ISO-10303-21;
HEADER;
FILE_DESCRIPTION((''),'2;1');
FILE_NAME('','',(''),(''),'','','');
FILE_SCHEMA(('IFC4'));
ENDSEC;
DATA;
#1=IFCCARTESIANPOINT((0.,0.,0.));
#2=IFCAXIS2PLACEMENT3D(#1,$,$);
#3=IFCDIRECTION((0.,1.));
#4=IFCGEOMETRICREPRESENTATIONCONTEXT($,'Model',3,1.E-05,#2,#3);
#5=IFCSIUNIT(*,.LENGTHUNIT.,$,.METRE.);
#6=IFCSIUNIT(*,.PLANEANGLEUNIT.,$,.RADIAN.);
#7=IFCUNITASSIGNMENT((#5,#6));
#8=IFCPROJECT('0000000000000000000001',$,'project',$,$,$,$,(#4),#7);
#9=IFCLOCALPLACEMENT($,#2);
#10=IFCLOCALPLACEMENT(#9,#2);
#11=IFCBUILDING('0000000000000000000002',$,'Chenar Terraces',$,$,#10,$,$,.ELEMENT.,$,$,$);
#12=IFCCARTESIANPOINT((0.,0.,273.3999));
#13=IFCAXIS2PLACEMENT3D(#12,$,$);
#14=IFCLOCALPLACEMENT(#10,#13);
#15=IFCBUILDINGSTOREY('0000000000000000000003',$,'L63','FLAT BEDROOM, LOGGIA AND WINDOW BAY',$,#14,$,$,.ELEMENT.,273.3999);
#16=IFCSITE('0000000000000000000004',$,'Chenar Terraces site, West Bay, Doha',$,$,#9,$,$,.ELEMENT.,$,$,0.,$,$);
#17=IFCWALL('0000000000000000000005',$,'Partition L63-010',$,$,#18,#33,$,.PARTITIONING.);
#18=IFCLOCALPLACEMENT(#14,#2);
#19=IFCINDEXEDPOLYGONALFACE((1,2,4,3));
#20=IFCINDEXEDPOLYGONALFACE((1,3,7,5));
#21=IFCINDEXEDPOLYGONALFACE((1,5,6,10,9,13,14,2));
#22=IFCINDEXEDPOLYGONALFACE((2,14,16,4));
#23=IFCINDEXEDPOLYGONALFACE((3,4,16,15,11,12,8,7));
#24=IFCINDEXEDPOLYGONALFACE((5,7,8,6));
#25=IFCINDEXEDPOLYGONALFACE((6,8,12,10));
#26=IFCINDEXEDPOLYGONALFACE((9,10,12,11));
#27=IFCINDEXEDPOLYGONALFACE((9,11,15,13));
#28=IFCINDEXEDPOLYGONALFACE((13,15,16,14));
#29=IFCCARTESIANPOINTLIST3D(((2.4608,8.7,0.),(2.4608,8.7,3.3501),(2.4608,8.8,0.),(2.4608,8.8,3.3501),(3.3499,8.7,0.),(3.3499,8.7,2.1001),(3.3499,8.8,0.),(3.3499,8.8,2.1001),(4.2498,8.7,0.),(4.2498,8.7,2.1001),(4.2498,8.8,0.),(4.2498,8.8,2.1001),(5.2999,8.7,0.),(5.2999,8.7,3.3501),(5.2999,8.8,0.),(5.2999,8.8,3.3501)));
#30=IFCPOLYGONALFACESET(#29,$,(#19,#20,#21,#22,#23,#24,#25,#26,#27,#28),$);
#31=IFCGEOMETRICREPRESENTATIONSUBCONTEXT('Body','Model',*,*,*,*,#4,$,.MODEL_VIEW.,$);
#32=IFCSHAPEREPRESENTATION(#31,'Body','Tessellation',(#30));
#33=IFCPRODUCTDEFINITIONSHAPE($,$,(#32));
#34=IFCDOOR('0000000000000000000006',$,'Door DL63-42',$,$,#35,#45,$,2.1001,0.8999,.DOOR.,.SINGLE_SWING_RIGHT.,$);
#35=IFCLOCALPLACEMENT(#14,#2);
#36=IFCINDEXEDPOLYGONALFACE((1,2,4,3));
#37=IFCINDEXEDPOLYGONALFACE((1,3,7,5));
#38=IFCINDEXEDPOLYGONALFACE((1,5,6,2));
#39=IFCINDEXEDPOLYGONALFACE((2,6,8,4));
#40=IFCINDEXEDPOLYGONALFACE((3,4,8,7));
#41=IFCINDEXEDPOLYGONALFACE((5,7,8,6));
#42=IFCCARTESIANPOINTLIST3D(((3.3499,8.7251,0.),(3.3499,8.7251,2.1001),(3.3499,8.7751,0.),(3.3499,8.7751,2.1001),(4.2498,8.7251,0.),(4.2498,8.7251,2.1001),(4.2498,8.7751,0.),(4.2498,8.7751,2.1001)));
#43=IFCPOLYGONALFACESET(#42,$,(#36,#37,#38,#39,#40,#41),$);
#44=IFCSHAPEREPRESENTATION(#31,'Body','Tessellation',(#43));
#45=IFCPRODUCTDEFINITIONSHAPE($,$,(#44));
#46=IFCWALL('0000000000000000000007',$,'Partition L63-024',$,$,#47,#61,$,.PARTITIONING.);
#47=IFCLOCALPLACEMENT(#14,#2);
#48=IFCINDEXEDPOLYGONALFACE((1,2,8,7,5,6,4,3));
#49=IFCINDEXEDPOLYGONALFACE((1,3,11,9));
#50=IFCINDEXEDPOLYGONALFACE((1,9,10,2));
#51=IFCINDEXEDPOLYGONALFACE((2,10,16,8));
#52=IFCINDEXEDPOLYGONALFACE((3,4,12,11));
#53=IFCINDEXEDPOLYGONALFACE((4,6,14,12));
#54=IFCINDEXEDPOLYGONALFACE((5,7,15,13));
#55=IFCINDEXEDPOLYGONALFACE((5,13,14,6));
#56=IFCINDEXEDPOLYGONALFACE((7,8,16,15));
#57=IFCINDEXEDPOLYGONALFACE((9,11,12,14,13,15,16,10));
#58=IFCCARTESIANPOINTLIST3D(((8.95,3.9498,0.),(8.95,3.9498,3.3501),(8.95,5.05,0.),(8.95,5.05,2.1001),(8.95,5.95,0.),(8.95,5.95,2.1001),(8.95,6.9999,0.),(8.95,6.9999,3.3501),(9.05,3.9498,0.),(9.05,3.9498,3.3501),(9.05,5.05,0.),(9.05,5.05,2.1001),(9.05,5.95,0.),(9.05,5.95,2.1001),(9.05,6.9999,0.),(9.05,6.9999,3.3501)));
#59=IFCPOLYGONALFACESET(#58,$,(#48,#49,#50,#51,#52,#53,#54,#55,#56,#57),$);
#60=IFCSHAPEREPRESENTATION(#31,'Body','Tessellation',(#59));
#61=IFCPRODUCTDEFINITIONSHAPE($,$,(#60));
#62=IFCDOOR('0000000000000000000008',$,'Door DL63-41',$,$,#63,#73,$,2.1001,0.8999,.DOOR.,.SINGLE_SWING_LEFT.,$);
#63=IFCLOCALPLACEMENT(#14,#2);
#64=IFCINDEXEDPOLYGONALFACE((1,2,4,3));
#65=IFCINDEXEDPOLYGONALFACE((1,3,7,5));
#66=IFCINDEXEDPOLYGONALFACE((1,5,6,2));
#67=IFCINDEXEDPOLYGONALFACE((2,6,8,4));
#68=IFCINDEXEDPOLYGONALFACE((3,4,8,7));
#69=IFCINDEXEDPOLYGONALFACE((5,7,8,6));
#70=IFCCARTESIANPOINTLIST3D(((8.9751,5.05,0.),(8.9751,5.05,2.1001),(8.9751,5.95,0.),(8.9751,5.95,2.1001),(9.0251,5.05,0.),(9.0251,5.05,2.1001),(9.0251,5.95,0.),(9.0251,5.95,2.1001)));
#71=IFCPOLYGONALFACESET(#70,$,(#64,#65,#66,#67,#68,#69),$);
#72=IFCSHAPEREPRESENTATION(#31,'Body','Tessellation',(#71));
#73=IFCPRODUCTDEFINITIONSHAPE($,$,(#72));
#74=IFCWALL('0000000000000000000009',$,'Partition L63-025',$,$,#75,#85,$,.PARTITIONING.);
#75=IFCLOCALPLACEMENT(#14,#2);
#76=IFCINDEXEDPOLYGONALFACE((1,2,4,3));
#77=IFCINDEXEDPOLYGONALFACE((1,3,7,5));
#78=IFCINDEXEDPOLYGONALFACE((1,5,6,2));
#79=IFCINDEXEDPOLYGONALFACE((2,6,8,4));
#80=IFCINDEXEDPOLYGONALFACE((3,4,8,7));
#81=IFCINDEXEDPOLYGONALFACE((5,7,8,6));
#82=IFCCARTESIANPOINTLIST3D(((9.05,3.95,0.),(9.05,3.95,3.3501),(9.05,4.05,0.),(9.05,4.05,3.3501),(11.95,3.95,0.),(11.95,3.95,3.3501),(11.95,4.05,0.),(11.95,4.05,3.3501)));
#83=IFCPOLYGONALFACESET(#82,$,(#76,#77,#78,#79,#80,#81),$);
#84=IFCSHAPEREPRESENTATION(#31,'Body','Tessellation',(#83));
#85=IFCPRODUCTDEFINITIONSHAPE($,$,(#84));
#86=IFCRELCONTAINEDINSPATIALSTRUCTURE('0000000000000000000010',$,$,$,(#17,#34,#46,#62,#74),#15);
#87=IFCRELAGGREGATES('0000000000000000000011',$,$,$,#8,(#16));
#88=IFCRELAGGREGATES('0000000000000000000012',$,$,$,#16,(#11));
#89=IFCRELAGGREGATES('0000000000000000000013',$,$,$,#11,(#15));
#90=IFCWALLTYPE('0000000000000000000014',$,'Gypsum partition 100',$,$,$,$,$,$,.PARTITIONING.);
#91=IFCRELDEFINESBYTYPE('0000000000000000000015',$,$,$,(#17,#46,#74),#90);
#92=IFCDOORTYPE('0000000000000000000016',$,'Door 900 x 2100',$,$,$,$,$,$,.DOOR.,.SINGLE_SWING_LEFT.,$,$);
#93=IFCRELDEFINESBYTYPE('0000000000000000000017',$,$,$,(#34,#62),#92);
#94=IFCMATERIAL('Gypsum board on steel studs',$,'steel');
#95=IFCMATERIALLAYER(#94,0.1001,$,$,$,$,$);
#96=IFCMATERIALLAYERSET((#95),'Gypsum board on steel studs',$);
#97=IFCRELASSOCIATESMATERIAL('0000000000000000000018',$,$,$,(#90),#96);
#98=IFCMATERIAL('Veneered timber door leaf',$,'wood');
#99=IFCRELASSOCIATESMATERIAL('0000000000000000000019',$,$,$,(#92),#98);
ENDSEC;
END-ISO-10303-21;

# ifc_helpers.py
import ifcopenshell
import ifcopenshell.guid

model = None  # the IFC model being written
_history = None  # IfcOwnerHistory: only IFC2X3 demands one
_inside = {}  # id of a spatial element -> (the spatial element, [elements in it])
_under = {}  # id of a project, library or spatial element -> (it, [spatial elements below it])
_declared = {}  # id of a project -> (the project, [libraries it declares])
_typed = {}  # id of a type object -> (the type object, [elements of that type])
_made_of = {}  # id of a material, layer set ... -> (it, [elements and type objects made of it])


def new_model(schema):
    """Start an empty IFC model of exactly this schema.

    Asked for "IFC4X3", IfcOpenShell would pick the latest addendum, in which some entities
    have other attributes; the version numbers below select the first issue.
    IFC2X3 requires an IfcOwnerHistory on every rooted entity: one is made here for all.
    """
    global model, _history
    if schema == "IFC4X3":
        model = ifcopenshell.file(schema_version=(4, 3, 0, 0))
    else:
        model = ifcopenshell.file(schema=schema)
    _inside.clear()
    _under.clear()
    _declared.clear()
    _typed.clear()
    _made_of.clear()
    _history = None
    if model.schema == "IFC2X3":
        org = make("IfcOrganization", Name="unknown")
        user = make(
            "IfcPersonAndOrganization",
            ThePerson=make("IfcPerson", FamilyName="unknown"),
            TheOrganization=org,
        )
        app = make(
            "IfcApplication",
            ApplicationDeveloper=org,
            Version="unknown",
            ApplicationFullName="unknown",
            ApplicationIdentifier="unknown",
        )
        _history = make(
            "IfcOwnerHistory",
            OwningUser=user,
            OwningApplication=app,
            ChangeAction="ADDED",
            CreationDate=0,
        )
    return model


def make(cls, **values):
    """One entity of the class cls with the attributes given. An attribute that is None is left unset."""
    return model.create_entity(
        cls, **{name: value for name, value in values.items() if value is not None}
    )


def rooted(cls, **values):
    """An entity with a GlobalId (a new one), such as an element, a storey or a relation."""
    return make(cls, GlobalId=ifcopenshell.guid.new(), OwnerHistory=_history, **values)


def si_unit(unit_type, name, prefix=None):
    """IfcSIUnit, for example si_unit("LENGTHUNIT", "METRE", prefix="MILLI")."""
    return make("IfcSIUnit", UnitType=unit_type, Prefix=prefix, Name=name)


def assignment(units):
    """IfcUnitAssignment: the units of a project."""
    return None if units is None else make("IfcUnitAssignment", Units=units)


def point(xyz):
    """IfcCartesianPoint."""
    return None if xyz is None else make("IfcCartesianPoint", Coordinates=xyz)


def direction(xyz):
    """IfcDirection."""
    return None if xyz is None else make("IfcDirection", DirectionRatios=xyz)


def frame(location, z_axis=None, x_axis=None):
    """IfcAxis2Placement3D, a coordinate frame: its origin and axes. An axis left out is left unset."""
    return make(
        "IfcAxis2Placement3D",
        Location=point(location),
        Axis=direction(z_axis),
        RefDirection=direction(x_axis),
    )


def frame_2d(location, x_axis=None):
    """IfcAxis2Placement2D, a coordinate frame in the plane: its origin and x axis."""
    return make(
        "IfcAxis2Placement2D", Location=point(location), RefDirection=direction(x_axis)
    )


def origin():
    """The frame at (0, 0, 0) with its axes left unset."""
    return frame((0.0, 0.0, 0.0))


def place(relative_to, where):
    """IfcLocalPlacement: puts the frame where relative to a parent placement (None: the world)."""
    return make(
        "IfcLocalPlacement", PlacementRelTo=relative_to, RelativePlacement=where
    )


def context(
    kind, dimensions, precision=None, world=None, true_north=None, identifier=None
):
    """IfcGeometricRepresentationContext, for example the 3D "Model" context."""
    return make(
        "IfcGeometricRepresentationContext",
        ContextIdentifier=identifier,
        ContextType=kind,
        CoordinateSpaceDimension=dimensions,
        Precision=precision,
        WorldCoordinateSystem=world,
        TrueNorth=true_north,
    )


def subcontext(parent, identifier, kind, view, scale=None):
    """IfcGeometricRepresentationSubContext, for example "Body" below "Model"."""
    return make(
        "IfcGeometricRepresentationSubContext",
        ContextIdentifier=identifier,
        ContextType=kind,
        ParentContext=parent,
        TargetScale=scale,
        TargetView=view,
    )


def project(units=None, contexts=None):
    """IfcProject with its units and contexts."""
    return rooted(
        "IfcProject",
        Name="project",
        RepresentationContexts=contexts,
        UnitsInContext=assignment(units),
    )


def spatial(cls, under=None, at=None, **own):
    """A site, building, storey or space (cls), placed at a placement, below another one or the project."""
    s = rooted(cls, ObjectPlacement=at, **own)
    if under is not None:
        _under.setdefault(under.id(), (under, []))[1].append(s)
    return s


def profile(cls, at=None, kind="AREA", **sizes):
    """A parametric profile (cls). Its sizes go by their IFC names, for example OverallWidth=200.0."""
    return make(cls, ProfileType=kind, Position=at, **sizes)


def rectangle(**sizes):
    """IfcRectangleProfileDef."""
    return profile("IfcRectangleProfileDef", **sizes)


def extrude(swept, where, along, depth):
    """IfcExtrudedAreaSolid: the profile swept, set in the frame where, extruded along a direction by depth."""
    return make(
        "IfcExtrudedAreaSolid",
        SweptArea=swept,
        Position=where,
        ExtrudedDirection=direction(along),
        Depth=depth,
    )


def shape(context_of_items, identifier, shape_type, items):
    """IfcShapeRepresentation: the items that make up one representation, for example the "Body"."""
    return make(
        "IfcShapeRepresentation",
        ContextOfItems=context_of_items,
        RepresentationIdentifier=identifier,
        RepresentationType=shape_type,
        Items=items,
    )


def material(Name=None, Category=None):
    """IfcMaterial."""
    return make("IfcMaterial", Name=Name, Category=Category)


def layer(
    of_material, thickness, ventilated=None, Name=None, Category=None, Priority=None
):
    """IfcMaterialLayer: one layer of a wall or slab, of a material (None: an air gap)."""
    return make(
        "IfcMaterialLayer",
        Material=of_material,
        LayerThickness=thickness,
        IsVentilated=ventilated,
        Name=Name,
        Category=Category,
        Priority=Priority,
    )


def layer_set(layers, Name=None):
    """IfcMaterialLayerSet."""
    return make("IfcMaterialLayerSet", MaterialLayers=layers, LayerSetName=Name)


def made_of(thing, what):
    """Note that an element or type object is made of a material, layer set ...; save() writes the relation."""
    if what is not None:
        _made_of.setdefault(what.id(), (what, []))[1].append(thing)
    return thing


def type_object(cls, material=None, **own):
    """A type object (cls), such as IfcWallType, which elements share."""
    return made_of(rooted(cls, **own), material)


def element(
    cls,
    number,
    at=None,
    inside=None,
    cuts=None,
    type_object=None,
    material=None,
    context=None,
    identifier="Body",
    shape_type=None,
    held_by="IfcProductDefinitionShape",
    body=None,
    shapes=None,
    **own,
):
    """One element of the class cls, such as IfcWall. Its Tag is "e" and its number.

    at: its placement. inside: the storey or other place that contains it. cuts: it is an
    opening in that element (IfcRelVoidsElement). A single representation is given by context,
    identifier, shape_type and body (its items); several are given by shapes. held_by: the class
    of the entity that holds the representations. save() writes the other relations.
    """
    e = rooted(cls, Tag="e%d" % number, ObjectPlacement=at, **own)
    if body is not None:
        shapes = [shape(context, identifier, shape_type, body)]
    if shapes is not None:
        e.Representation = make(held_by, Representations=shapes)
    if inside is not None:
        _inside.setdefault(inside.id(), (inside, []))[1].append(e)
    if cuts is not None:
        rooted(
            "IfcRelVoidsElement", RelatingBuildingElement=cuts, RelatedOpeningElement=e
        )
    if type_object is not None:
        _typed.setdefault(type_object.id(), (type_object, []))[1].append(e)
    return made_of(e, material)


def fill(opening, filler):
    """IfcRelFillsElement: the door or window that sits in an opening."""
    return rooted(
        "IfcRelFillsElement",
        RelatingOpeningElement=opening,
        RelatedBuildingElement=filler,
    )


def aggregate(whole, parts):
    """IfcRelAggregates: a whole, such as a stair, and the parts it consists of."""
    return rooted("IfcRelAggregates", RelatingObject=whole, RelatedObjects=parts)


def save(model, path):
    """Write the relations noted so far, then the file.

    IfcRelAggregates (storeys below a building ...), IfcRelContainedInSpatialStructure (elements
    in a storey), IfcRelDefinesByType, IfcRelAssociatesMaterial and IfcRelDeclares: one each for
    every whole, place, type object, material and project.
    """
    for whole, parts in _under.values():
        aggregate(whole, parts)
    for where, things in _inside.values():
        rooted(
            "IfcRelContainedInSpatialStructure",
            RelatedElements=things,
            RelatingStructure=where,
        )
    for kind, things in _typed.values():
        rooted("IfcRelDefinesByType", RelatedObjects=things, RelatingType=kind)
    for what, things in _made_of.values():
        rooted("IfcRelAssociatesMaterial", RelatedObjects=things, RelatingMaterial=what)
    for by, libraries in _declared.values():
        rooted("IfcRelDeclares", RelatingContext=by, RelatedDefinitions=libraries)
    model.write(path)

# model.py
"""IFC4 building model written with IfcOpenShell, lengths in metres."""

from ifc_helpers import new_model, si_unit, direction, frame, frame_2d, origin, place, context, subcontext, project, spatial, rectangle, extrude, material, layer, layer_set, type_object, element, fill, save


model = new_model("IFC4")

# Units and contexts
model_context = context("Model", 3, precision=1e-05, world=origin(), true_north=direction((0.0, 1.0)))
body_context = subcontext(model_context, "Body", "Model", "MODEL_VIEW")
ifc_project = project(units=[si_unit("LENGTHUNIT", "METRE"), si_unit("PLANEANGLEUNIT", "RADIAN")], contexts=[model_context])

# Site, building, storey
site_placement = place(None, origin())
site = spatial("IfcSite", under=ifc_project, at=site_placement, Name="Chenar Terraces site, West Bay, Doha", CompositionType="ELEMENT", RefElevation=0.0)
building_placement = place(site_placement, origin())
building = spatial("IfcBuilding", under=site, at=building_placement, Name="Chenar Terraces", CompositionType="ELEMENT")
storey_placement = place(building_placement, frame((0.0, 0.0, 273.3999)))
storey = spatial("IfcBuildingStorey", under=building, at=storey_placement, Name="L63", Description="FLAT BEDROOM, LOGGIA AND WINDOW BAY", CompositionType="ELEMENT", Elevation=273.3999)

# Walls, openings, doors
ifc_material_1 = material(Name="Gypsum board on steel studs", Category="steel")
ifc_layer_1 = layer(ifc_material_1, 0.1001)
ifc_layer_set_1 = layer_set([ifc_layer_1], Name="Gypsum board on steel studs")
wall_type_1 = type_object("IfcWallType", Name="Gypsum partition 100", PredefinedType="PARTITIONING", material=ifc_layer_set_1)
wall_1_placement = place(storey_placement, frame((2.4609, 8.75, 0.0), z_axis=(0.0, 0.0, 1.0), x_axis=(1.0, 0.0, 0.0)))
wall_1 = element("IfcWall", 1, at=wall_1_placement, inside=storey, type_object=wall_type_1, Name="Partition L63-010", PredefinedType="PARTITIONING", context=body_context, shape_type="SweptSolid", body=[
    extrude(rectangle(XDim=2.8391, YDim=0.1001, at=frame_2d((1.4194, 0.0))), origin(), (0.0, 0.0, 1.0), 3.3501),
])
opening_1_placement = place(wall_1_placement, frame((0.8889, 0.0, 0.0)))
opening_1 = element("IfcOpeningElement", 2, at=opening_1_placement, cuts=wall_1, PredefinedType="OPENING", context=body_context, shape_type="SweptSolid", body=[
    extrude(rectangle(XDim=0.8999, YDim=2.1001, at=frame_2d((0.45, 1.05))), frame((0.0, 0.0601, 0.0), z_axis=(0.0, -1.0, 0.0), x_axis=(1.0, 0.0, 0.0)), (0.0, 0.0, 1.0), 0.1201),
])
ifc_material_2 = material(Name="Veneered timber door leaf", Category="wood")
door_type_1 = type_object("IfcDoorType", Name="Door 900 x 2100", OperationType="SINGLE_SWING_LEFT", PredefinedType="DOOR", material=ifc_material_2)
door_1_placement = place(opening_1_placement, frame((0.8999, 0.0, 0.0), z_axis=(0.0, 0.0, 1.0), x_axis=(-1.0, 0.0, 0.0)))
door_1 = element("IfcDoor", 3, at=door_1_placement, inside=storey, type_object=door_type_1, Name="Door DL63-42", OperationType="SINGLE_SWING_RIGHT", OverallHeight=2.1001, OverallWidth=0.8999, PredefinedType="DOOR", context=body_context, shape_type="SweptSolid", body=[
    extrude(rectangle(XDim=0.8999, YDim=2.1001, at=frame_2d((0.45, 1.05))), frame((0.0, 0.0249, 0.0), z_axis=(0.0, -1.0, 0.0), x_axis=(1.0, 0.0, 0.0)), (0.0, 0.0, 1.0), 0.05),
])
fill(opening_1, door_1)
wall_2_placement = place(storey_placement, frame((9.0, 3.95, 0.0), z_axis=(0.0, 0.0, 1.0), x_axis=(0.0, 1.0, 0.0)))
wall_2 = element("IfcWall", 4, at=wall_2_placement, inside=storey, type_object=wall_type_1, Name="Partition L63-024", PredefinedType="PARTITIONING", context=body_context, shape_type="SweptSolid", body=[
    extrude(rectangle(XDim=3.05, YDim=0.1001, at=frame_2d((1.5249, 0.0))), origin(), (0.0, 0.0, 1.0), 3.3501),
])
opening_2_placement = place(wall_2_placement, frame((1.1001, 0.0, 0.0)))
opening_2 = element("IfcOpeningElement", 5, at=opening_2_placement, cuts=wall_2, PredefinedType="OPENING", context=body_context, shape_type="SweptSolid", body=[
    extrude(rectangle(XDim=0.8999, YDim=2.1001, at=frame_2d((0.45, 1.05))), frame((0.0, 0.0601, 0.0), z_axis=(0.0, -1.0, 0.0), x_axis=(1.0, 0.0, 0.0)), (0.0, 0.0, 1.0), 0.1201),
])
door_2_placement = place(opening_2_placement, origin())
door_2 = element("IfcDoor", 6, at=door_2_placement, inside=storey, type_object=door_type_1, Name="Door DL63-41", OperationType="SINGLE_SWING_LEFT", OverallHeight=2.1001, OverallWidth=0.8999, PredefinedType="DOOR", context=body_context, shape_type="SweptSolid", body=[
    extrude(rectangle(XDim=0.8999, YDim=2.1001, at=frame_2d((0.45, 1.05))), frame((0.0, 0.0249, 0.0), z_axis=(0.0, -1.0, 0.0), x_axis=(1.0, 0.0, 0.0)), (0.0, 0.0, 1.0), 0.05),
])
fill(opening_2, door_2)

# Wall
wall_3_placement = place(storey_placement, frame((9.05, 4.0, 0.0), z_axis=(0.0, 0.0, 1.0), x_axis=(1.0, 0.0, 0.0)))
element("IfcWall", 7, at=wall_3_placement, inside=storey, type_object=wall_type_1, Name="Partition L63-025", PredefinedType="PARTITIONING", context=body_context, shape_type="SweptSolid", body=[
    extrude(rectangle(XDim=2.8999, YDim=0.1001, at=frame_2d((1.45, 0.0))), origin(), (0.0, 0.0, 1.0), 3.3501),
])

save(model, "model.ifc")
